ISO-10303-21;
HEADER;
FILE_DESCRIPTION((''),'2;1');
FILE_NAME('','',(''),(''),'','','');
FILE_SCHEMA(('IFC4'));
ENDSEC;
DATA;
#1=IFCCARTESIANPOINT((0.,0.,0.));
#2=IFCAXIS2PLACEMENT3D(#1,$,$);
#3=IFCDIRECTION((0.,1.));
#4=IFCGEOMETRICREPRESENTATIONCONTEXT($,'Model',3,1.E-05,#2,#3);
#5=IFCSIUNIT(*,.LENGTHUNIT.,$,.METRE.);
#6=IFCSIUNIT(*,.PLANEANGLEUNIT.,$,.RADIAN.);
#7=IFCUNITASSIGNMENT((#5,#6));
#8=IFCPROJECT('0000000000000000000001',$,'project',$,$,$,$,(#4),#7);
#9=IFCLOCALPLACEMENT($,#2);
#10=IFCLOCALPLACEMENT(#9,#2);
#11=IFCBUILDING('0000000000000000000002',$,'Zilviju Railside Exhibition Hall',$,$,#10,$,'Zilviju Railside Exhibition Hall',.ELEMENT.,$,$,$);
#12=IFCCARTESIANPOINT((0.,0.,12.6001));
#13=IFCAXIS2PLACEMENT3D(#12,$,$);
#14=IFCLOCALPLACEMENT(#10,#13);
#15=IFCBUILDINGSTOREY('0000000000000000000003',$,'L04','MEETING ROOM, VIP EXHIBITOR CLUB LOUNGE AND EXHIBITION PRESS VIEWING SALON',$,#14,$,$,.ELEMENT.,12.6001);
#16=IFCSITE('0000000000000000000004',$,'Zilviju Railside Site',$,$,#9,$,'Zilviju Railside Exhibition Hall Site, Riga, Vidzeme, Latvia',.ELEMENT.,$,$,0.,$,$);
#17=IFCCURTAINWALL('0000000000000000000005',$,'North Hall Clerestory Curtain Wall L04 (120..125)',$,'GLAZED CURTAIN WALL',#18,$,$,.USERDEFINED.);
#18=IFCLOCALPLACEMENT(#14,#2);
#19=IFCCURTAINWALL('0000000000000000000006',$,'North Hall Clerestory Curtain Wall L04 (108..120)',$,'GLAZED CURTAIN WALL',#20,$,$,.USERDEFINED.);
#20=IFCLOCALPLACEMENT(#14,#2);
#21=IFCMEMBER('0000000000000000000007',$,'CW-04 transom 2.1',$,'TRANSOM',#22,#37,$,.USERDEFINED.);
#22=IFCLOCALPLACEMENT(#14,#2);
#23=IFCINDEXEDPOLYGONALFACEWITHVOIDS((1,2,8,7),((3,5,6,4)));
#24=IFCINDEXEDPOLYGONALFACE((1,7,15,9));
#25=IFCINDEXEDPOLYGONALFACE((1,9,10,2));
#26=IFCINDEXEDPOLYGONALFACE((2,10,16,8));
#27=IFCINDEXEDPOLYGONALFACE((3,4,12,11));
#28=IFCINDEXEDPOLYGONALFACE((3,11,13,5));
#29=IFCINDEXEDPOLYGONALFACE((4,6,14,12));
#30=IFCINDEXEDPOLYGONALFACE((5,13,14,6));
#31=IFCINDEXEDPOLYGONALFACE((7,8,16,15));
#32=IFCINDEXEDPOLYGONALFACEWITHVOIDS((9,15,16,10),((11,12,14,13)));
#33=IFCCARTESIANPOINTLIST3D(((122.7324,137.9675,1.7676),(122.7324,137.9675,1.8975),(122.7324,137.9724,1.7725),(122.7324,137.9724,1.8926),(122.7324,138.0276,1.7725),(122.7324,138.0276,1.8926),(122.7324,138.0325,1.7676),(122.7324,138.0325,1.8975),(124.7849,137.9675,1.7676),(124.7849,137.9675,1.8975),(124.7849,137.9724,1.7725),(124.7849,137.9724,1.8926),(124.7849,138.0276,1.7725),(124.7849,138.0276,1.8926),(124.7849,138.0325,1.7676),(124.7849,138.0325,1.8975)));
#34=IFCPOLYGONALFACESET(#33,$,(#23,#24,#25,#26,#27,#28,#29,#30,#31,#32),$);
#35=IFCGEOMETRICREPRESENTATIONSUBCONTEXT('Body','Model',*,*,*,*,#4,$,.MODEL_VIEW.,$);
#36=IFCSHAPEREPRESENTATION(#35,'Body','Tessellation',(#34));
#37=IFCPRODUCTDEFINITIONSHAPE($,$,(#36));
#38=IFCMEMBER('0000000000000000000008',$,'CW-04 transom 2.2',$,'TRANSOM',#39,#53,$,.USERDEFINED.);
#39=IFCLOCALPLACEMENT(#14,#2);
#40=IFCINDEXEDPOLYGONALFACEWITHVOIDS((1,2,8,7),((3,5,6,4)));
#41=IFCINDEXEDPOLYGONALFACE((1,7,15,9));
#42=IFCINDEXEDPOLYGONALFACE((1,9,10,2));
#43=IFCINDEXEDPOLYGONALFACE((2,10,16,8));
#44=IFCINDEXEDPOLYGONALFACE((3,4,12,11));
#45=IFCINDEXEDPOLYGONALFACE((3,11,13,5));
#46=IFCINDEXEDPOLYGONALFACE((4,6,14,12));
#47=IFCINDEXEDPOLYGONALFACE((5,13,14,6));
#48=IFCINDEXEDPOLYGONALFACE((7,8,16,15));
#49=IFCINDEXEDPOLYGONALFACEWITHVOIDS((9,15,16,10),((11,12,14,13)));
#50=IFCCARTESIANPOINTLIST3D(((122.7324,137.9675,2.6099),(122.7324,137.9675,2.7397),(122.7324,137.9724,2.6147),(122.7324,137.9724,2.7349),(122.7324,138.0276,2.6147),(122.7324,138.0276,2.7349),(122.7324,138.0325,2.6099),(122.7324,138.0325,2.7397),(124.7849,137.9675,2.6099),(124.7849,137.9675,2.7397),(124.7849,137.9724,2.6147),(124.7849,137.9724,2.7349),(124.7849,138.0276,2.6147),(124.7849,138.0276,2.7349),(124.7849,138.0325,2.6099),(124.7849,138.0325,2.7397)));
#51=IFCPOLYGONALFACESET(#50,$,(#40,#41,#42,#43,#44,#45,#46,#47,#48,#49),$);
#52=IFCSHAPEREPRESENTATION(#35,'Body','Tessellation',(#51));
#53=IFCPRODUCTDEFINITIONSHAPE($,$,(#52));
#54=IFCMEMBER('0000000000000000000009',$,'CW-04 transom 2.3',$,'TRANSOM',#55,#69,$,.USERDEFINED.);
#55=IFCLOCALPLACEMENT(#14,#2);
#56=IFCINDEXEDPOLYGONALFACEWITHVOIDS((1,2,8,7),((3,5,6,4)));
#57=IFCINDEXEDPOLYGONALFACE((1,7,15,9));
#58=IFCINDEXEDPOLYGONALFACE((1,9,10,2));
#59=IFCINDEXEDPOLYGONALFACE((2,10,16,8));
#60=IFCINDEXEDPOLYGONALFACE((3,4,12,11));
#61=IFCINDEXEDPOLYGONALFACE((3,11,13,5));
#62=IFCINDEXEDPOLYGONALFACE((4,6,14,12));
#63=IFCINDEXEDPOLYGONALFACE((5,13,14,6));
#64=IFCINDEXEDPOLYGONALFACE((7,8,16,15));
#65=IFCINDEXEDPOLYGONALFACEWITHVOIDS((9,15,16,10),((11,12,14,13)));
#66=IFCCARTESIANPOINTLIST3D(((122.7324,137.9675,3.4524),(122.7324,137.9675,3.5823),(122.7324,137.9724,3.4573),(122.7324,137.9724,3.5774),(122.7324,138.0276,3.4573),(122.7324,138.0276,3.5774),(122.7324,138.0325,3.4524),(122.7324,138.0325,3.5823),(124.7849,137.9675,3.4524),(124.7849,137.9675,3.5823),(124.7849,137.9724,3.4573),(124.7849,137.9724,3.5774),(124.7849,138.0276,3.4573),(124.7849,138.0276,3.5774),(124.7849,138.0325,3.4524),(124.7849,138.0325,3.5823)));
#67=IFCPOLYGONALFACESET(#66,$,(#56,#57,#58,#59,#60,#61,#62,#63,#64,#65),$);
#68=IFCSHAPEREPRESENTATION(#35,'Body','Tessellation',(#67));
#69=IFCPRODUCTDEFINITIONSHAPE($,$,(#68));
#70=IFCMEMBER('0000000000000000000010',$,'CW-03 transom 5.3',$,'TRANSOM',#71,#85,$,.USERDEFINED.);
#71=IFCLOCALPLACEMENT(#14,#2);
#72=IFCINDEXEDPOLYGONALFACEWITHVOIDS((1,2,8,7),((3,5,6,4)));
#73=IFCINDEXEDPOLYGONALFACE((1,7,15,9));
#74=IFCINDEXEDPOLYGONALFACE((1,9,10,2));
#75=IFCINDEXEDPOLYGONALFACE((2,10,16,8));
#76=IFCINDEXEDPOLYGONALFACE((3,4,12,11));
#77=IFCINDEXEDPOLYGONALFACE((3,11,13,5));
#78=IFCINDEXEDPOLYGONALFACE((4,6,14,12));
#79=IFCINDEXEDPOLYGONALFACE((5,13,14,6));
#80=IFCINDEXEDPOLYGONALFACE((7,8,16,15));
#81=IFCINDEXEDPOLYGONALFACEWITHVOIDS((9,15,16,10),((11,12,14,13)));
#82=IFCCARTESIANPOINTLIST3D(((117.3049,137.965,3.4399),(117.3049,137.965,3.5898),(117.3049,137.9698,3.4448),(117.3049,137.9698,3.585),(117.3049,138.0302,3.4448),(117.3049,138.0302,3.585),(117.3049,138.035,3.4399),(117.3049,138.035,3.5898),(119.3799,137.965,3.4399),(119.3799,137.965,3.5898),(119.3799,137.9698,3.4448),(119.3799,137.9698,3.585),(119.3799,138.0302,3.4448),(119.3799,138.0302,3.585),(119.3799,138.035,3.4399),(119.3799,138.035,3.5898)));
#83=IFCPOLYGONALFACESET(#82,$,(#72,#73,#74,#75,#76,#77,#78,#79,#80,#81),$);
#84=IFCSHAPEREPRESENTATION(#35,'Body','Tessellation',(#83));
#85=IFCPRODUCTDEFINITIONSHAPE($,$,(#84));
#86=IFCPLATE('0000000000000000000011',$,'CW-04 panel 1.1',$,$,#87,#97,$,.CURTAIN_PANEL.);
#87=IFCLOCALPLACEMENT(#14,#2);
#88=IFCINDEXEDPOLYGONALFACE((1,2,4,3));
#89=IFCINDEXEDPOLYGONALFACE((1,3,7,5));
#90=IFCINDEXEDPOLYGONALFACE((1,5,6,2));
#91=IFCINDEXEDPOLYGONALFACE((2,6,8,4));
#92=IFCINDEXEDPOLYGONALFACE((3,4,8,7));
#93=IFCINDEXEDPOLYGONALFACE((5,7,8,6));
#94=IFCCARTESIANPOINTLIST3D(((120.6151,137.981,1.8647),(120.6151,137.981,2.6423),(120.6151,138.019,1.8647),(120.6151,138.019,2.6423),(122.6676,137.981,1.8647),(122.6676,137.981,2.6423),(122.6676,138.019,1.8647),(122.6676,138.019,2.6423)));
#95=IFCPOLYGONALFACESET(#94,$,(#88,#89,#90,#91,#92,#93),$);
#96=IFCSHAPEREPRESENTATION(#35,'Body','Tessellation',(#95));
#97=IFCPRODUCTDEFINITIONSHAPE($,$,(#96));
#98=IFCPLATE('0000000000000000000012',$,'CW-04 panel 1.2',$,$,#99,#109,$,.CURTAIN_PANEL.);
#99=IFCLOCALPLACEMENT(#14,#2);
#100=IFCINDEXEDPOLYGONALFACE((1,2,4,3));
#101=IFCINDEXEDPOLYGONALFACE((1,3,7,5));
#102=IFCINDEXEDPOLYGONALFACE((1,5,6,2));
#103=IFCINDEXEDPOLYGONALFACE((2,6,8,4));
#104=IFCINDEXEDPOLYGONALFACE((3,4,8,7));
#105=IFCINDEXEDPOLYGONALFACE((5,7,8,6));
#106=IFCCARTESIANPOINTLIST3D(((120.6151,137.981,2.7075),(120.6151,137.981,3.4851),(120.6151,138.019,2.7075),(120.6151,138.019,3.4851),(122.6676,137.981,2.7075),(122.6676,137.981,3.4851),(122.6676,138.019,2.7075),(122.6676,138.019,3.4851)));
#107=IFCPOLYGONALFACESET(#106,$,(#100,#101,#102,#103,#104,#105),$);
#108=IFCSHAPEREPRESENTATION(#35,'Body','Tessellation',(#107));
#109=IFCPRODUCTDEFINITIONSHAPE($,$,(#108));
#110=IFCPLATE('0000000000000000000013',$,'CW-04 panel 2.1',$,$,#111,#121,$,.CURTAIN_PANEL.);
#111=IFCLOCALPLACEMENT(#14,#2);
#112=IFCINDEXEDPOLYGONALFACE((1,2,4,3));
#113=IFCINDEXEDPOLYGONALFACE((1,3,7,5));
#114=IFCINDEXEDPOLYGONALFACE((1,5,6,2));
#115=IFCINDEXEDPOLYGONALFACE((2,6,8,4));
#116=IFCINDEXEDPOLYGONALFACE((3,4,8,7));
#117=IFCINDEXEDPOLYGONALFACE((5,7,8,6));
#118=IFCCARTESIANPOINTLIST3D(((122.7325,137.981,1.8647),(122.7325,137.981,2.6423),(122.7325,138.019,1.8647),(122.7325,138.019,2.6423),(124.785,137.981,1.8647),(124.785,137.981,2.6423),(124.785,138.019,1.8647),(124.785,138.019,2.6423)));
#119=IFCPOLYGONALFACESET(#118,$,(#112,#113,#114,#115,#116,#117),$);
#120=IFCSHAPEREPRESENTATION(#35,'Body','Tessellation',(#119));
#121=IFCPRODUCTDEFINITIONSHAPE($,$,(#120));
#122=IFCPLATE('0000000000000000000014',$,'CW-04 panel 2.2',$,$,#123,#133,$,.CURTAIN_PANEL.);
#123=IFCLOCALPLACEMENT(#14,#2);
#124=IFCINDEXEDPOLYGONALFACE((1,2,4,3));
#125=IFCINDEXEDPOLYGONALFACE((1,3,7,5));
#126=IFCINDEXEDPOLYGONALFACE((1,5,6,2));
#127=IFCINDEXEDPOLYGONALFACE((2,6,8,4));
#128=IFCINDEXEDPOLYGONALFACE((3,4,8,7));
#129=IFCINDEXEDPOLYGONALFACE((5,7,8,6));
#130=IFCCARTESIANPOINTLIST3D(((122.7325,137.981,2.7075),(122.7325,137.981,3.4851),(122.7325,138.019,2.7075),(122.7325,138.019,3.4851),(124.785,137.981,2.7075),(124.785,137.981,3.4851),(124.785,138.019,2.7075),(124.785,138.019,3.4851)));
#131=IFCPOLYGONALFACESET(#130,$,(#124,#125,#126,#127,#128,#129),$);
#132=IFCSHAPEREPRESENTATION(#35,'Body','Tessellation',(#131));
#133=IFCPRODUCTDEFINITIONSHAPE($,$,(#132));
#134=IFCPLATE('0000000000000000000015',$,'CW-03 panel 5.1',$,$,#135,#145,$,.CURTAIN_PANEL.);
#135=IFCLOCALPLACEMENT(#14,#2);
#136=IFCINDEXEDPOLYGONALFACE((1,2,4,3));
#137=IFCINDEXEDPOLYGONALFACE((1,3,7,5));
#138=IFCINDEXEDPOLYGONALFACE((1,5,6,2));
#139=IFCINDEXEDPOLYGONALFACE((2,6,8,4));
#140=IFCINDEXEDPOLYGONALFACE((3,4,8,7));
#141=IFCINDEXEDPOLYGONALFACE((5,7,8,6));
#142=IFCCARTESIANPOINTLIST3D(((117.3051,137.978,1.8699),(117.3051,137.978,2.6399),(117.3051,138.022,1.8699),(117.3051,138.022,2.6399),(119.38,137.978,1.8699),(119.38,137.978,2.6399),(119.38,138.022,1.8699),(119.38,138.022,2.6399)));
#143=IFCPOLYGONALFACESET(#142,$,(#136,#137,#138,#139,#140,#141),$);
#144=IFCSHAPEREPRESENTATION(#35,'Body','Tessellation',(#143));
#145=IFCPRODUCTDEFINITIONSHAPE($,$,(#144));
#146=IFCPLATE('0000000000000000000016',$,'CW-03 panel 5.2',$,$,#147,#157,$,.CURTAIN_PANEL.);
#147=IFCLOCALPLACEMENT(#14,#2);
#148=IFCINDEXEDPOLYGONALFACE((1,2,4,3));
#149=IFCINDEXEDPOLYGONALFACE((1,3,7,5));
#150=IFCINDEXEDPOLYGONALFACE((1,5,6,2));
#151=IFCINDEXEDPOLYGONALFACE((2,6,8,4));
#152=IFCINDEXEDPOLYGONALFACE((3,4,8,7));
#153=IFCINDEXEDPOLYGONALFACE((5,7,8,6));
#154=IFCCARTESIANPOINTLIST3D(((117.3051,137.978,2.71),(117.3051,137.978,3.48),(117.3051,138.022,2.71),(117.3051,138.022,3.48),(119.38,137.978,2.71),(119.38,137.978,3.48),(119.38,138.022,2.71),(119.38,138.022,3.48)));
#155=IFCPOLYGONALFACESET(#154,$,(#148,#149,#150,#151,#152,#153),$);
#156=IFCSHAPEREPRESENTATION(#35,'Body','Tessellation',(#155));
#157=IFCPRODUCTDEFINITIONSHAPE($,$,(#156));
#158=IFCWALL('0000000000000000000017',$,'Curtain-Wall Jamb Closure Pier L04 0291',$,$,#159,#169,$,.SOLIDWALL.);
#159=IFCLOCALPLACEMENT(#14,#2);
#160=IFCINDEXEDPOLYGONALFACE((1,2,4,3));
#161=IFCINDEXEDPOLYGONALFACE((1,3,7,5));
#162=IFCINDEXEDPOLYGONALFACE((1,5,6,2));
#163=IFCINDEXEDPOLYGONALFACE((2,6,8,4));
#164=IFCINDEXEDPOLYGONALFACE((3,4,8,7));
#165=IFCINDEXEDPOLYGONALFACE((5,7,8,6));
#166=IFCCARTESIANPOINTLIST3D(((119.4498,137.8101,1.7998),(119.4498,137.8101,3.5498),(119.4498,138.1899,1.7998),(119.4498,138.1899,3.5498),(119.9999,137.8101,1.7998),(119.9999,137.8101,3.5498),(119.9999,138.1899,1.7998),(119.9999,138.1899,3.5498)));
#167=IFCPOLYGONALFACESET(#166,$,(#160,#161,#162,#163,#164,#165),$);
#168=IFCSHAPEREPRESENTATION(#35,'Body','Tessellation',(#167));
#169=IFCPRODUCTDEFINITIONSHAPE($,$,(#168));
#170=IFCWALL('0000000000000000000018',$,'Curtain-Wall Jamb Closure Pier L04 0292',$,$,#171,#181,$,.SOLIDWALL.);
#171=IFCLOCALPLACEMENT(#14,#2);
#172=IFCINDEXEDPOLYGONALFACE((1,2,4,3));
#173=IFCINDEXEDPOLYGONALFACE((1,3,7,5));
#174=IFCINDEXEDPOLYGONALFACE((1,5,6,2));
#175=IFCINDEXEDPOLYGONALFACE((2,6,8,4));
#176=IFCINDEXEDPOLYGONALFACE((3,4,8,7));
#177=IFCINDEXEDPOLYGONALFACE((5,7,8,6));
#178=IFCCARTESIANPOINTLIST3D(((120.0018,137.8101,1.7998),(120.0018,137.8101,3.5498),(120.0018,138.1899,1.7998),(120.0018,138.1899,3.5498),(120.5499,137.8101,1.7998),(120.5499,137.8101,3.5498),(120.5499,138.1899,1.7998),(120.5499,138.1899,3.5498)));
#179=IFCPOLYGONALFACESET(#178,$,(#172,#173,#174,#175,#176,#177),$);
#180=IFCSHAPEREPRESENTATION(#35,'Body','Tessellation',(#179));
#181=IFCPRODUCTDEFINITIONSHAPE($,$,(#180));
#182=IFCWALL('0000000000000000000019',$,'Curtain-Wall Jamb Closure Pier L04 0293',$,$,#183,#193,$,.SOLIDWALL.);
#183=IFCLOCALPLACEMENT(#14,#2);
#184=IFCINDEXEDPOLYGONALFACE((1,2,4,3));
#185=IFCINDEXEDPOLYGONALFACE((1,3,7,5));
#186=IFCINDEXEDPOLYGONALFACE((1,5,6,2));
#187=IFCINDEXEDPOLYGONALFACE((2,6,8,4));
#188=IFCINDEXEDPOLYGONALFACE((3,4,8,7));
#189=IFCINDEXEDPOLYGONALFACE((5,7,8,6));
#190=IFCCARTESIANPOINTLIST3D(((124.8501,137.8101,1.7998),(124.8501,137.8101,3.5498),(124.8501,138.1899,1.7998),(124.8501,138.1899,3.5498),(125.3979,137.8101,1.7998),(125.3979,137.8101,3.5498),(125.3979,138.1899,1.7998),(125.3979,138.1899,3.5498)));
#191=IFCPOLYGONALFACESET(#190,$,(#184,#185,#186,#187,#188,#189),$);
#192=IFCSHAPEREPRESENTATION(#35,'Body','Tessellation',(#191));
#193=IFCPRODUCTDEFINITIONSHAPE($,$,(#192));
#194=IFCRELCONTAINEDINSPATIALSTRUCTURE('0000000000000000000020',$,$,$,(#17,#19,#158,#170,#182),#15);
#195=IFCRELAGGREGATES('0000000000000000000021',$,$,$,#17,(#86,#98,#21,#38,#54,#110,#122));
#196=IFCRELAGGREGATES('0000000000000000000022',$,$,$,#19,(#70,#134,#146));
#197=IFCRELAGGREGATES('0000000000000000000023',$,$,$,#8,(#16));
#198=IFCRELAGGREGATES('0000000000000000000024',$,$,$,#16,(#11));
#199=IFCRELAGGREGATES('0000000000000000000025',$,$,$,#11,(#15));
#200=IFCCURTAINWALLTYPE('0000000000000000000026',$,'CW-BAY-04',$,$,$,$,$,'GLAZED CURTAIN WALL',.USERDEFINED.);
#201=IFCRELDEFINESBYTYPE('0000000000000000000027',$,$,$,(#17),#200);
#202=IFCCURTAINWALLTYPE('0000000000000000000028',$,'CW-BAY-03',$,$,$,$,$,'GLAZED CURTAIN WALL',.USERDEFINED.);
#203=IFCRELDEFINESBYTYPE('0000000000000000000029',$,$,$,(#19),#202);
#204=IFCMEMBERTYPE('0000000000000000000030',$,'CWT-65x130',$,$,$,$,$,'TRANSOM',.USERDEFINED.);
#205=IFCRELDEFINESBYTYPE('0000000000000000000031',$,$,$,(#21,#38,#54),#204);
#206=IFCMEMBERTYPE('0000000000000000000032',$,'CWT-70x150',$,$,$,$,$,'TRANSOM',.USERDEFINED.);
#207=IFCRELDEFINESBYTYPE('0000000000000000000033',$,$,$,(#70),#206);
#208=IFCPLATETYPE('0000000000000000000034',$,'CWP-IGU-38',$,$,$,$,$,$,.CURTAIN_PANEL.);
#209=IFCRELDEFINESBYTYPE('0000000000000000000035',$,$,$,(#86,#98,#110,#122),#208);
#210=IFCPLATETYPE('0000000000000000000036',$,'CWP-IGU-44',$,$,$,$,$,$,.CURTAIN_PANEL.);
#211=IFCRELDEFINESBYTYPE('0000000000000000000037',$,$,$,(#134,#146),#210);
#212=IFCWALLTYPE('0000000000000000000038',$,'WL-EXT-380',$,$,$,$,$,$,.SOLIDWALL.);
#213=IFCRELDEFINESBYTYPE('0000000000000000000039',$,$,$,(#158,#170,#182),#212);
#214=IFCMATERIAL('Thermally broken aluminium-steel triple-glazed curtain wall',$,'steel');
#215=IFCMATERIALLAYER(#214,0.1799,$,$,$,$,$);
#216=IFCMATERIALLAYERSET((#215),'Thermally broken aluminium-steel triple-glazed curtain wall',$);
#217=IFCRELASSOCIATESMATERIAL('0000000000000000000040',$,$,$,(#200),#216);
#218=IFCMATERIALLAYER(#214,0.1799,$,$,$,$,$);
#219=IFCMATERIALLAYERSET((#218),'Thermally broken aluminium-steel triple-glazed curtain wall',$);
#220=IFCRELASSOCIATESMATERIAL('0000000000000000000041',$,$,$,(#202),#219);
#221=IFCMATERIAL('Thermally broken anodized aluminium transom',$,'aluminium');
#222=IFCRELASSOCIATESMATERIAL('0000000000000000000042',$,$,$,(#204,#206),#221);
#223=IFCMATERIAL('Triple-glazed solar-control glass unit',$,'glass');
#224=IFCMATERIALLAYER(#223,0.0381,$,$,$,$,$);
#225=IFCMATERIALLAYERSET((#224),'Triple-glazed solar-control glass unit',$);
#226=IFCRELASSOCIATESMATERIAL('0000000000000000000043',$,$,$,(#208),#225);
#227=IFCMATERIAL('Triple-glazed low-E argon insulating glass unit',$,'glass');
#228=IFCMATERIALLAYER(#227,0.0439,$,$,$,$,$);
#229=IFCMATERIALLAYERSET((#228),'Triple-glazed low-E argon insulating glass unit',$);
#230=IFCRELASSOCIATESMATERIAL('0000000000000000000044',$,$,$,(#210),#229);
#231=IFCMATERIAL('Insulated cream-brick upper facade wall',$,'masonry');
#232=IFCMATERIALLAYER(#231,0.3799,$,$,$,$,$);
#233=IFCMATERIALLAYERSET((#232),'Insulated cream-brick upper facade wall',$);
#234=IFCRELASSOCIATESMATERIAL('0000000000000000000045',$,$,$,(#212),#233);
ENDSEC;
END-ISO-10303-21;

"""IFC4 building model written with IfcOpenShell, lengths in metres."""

from ifc_helpers import new_model, si_unit, direction, frame, frame_2d, origin, origin_2d, place, context, subcontext, project, spatial, rectangle, hollow_rectangle, extrude, material, layer, layer_set, material_profile, profile_set, type_object, element, aggregate, save


model = new_model("IFC4")

# Units and contexts
model_context = context("Model", 3, precision=1e-05, world=origin(), true_north=direction((0.0, 1.0)))
body_context = subcontext(model_context, "Body", "Model", "MODEL_VIEW")
ifc_project = project(units=[si_unit("LENGTHUNIT", "METRE"), si_unit("PLANEANGLEUNIT", "RADIAN")], contexts=[model_context])

# Site, building, storey
site_placement = place(None, origin())
site = spatial("IfcSite", under=ifc_project, at=site_placement, Name="Zilviju Railside Site", LongName="Zilviju Railside Exhibition Hall Site, Riga, Vidzeme, Latvia", CompositionType="ELEMENT", RefElevation=0.0)
building_placement = place(site_placement, origin())
building = spatial("IfcBuilding", under=site, at=building_placement, Name="Zilviju Railside Exhibition Hall", LongName="Zilviju Railside Exhibition Hall", CompositionType="ELEMENT")
storey_placement = place(building_placement, frame((0.0, 0.0, 12.6001)))
storey = spatial("IfcBuildingStorey", under=building, at=storey_placement, Name="L04", Description="MEETING ROOM, VIP EXHIBITOR CLUB LOUNGE AND EXHIBITION PRESS VIEWING SALON", CompositionType="ELEMENT", Elevation=12.6001)

# Curtain wall
ifc_material_1 = material(Name="Thermally broken aluminium-steel triple-glazed curtain wall", Category="steel")
ifc_layer_1 = layer(ifc_material_1, 0.1799)
ifc_layer_set_1 = layer_set([ifc_layer_1], Name="Thermally broken aluminium-steel triple-glazed curtain wall")
curtain_wall_type_1 = type_object("IfcCurtainWallType", Name="CW-BAY-04", ElementType="GLAZED CURTAIN WALL", PredefinedType="USERDEFINED", material=ifc_layer_set_1)
curtain_wall_1_placement = place(storey_placement, origin())
curtain_wall_1 = element("IfcCurtainWall", 1, at=curtain_wall_1_placement, inside=storey, type_object=curtain_wall_type_1, Name="North Hall Clerestory Curtain Wall L04 (120..125)", ObjectType="GLAZED CURTAIN WALL", PredefinedType="USERDEFINED")

# Curtain wall
ifc_layer_2 = layer(ifc_material_1, 0.1799)
ifc_layer_set_2 = layer_set([ifc_layer_2], Name="Thermally broken aluminium-steel triple-glazed curtain wall")
curtain_wall_type_2 = type_object("IfcCurtainWallType", Name="CW-BAY-03", ElementType="GLAZED CURTAIN WALL", PredefinedType="USERDEFINED", material=ifc_layer_set_2)
curtain_wall_2_placement = place(storey_placement, origin())
curtain_wall_2 = element("IfcCurtainWall", 2, at=curtain_wall_2_placement, inside=storey, type_object=curtain_wall_type_2, Name="North Hall Clerestory Curtain Wall L04 (108..120)", ObjectType="GLAZED CURTAIN WALL", PredefinedType="USERDEFINED")

# Members
ifc_material_2 = material(Name="Thermally broken anodized aluminium transom", Category="aluminium")
ifc_material_profile_1 = material_profile(ifc_material_2, hollow_rectangle(XDim=0.0649, YDim=0.1299, WallThickness=0.0049, at=origin_2d()), Name="TRANSOM 130x65x5")
ifc_profile_set_1 = profile_set([ifc_material_profile_1], Name="Thermally broken anodized aluminium transom")
member_type_1 = type_object("IfcMemberType", Name="CWT-65x130", ElementType="TRANSOM", PredefinedType="USERDEFINED", material=ifc_profile_set_1)
member_1_placement = place(storey_placement, frame((122.7324, 138.0, 1.8325), z_axis=(1.0, 0.0, 0.0), x_axis=(0.0, 1.0, 0.0)))
member_1 = element("IfcMember", 3, at=member_1_placement, type_object=member_type_1, Name="CW-04 transom 2.1", ObjectType="TRANSOM", PredefinedType="USERDEFINED", context=body_context, shape_type="SweptSolid", body=[
    extrude(hollow_rectangle(XDim=0.0649, YDim=0.1299, WallThickness=0.0049, at=origin_2d()), origin(), (0.0, 0.0, 1.0), 2.0525),
])
member_2_placement = place(storey_placement, frame((122.7324, 138.0, 2.6748), z_axis=(1.0, 0.0, 0.0), x_axis=(0.0, 1.0, 0.0)))
member_2 = element("IfcMember", 4, at=member_2_placement, type_object=member_type_1, Name="CW-04 transom 2.2", ObjectType="TRANSOM", PredefinedType="USERDEFINED", context=body_context, shape_type="SweptSolid", body=[
    extrude(hollow_rectangle(XDim=0.0649, YDim=0.1299, WallThickness=0.0049, at=origin_2d()), origin(), (0.0, 0.0, 1.0), 2.0525),
])
member_3_placement = place(storey_placement, frame((122.7324, 138.0, 3.5173), z_axis=(1.0, 0.0, 0.0), x_axis=(0.0, 1.0, 0.0)))
member_3 = element("IfcMember", 5, at=member_3_placement, type_object=member_type_1, Name="CW-04 transom 2.3", ObjectType="TRANSOM", PredefinedType="USERDEFINED", context=body_context, shape_type="SweptSolid", body=[
    extrude(hollow_rectangle(XDim=0.0649, YDim=0.1299, WallThickness=0.0049, at=origin_2d()), origin(), (0.0, 0.0, 1.0), 2.0525),
])
ifc_material_profile_2 = material_profile(ifc_material_2, hollow_rectangle(XDim=0.0701, YDim=0.1499, WallThickness=0.0049, at=origin_2d()), Name="TRANSOM 150x70x5")
ifc_profile_set_2 = profile_set([ifc_material_profile_2], Name="Thermally broken anodized aluminium transom")
member_type_2 = type_object("IfcMemberType", Name="CWT-70x150", ElementType="TRANSOM", PredefinedType="USERDEFINED", material=ifc_profile_set_2)
member_4_placement = place(storey_placement, frame((117.3049, 138.0, 3.5149), z_axis=(1.0, 0.0, 0.0), x_axis=(0.0, 1.0, 0.0)))
member_4 = element("IfcMember", 6, at=member_4_placement, type_object=member_type_2, Name="CW-03 transom 5.3", ObjectType="TRANSOM", PredefinedType="USERDEFINED", context=body_context, shape_type="SweptSolid", body=[
    extrude(hollow_rectangle(XDim=0.0701, YDim=0.1499, WallThickness=0.0049, at=origin_2d()), origin(), (0.0, 0.0, 1.0), 2.075),
])

# Plates
ifc_material_3 = material(Name="Triple-glazed solar-control glass unit", Category="glass")
ifc_layer_3 = layer(ifc_material_3, 0.0381)
ifc_layer_set_3 = layer_set([ifc_layer_3], Name="Triple-glazed solar-control glass unit")
plate_type_1 = type_object("IfcPlateType", Name="CWP-IGU-38", PredefinedType="CURTAIN_PANEL", material=ifc_layer_set_3)
plate_1_placement = place(storey_placement, frame((121.6414, 138.0, 1.8647), z_axis=(0.0, 0.0, 1.0), x_axis=(1.0, 0.0, 0.0)))
plate_1 = element("IfcPlate", 7, at=plate_1_placement, type_object=plate_type_1, Name="CW-04 panel 1.1", PredefinedType="CURTAIN_PANEL", context=body_context, shape_type="SweptSolid", body=[
    extrude(rectangle(XDim=2.0525, YDim=0.0381, at=origin_2d()), origin(), (0.0, 0.0, 1.0), 0.7776),
])
plate_2_placement = place(storey_placement, frame((121.6414, 138.0, 2.7075), z_axis=(0.0, 0.0, 1.0), x_axis=(1.0, 0.0, 0.0)))
plate_2 = element("IfcPlate", 8, at=plate_2_placement, type_object=plate_type_1, Name="CW-04 panel 1.2", PredefinedType="CURTAIN_PANEL", context=body_context, shape_type="SweptSolid", body=[
    extrude(rectangle(XDim=2.0525, YDim=0.0381, at=origin_2d()), origin(), (0.0, 0.0, 1.0), 0.7776),
])
plate_3_placement = place(storey_placement, frame((123.7588, 138.0, 1.8647), z_axis=(0.0, 0.0, 1.0), x_axis=(1.0, 0.0, 0.0)))
plate_3 = element("IfcPlate", 9, at=plate_3_placement, type_object=plate_type_1, Name="CW-04 panel 2.1", PredefinedType="CURTAIN_PANEL", context=body_context, shape_type="SweptSolid", body=[
    extrude(rectangle(XDim=2.0525, YDim=0.0381, at=origin_2d()), origin(), (0.0, 0.0, 1.0), 0.7776),
])
plate_4_placement = place(storey_placement, frame((123.7588, 138.0, 2.7075), z_axis=(0.0, 0.0, 1.0), x_axis=(1.0, 0.0, 0.0)))
plate_4 = element("IfcPlate", 10, at=plate_4_placement, type_object=plate_type_1, Name="CW-04 panel 2.2", PredefinedType="CURTAIN_PANEL", context=body_context, shape_type="SweptSolid", body=[
    extrude(rectangle(XDim=2.0525, YDim=0.0381, at=origin_2d()), origin(), (0.0, 0.0, 1.0), 0.7776),
])
aggregate(curtain_wall_1, [plate_1, plate_2, member_1, member_2, member_3, plate_3, plate_4])
ifc_material_4 = material(Name="Triple-glazed low-E argon insulating glass unit", Category="glass")
ifc_layer_4 = layer(ifc_material_4, 0.0439)
ifc_layer_set_4 = layer_set([ifc_layer_4], Name="Triple-glazed low-E argon insulating glass unit")
plate_type_2 = type_object("IfcPlateType", Name="CWP-IGU-44", PredefinedType="CURTAIN_PANEL", material=ifc_layer_set_4)
plate_5_placement = place(storey_placement, frame((118.3425, 138.0, 1.8699), z_axis=(0.0, 0.0, 1.0), x_axis=(1.0, 0.0, 0.0)))
plate_5 = element("IfcPlate", 11, at=plate_5_placement, type_object=plate_type_2, Name="CW-03 panel 5.1", PredefinedType="CURTAIN_PANEL", context=body_context, shape_type="SweptSolid", body=[
    extrude(rectangle(XDim=2.075, YDim=0.0439, at=origin_2d()), origin(), (0.0, 0.0, 1.0), 0.77),
])
plate_6_placement = place(storey_placement, frame((118.3425, 138.0, 2.71), z_axis=(0.0, 0.0, 1.0), x_axis=(1.0, 0.0, 0.0)))
plate_6 = element("IfcPlate", 12, at=plate_6_placement, type_object=plate_type_2, Name="CW-03 panel 5.2", PredefinedType="CURTAIN_PANEL", context=body_context, shape_type="SweptSolid", body=[
    extrude(rectangle(XDim=2.075, YDim=0.0439, at=origin_2d()), origin(), (0.0, 0.0, 1.0), 0.77),
])
aggregate(curtain_wall_2, [member_4, plate_5, plate_6])

# Walls
ifc_material_5 = material(Name="Insulated cream-brick upper facade wall", Category="masonry")
ifc_layer_5 = layer(ifc_material_5, 0.3799)
ifc_layer_set_5 = layer_set([ifc_layer_5], Name="Insulated cream-brick upper facade wall")
wall_type = type_object("IfcWallType", Name="WL-EXT-380", PredefinedType="SOLIDWALL", material=ifc_layer_set_5)
wall_1_placement = place(storey_placement, frame((119.45, 138.0, 1.7998), z_axis=(0.0, 0.0, 1.0), x_axis=(1.0, 0.0, 0.0)))
element("IfcWall", 13, at=wall_1_placement, inside=storey, type_object=wall_type, Name="Curtain-Wall Jamb Closure Pier L04 0291", PredefinedType="SOLIDWALL", context=body_context, shape_type="SweptSolid", body=[
    extrude(rectangle(XDim=0.55, YDim=0.3799, at=frame_2d((0.2749, 0.0))), origin(), (0.0, 0.0, 1.0), 1.75),
])
wall_2_placement = place(storey_placement, frame((120.002, 138.0, 1.7998), z_axis=(0.0, 0.0, 1.0), x_axis=(1.0, 0.0, 0.0)))
element("IfcWall", 14, at=wall_2_placement, inside=storey, type_object=wall_type, Name="Curtain-Wall Jamb Closure Pier L04 0292", PredefinedType="SOLIDWALL", context=body_context, shape_type="SweptSolid", body=[
    extrude(rectangle(XDim=0.5481, YDim=0.3799, at=frame_2d((0.2739, 0.0))), origin(), (0.0, 0.0, 1.0), 1.75),
])
wall_3_placement = place(storey_placement, frame((124.8501, 138.0, 1.7998), z_axis=(0.0, 0.0, 1.0), x_axis=(1.0, 0.0, 0.0)))
element("IfcWall", 15, at=wall_3_placement, inside=storey, type_object=wall_type, Name="Curtain-Wall Jamb Closure Pier L04 0293", PredefinedType="SOLIDWALL", context=body_context, shape_type="SweptSolid", body=[
    extrude(rectangle(XDim=0.5479, YDim=0.3799, at=frame_2d((0.2739, 0.0))), origin(), (0.0, 0.0, 1.0), 1.75),
])

save(model, "model.ifc")
